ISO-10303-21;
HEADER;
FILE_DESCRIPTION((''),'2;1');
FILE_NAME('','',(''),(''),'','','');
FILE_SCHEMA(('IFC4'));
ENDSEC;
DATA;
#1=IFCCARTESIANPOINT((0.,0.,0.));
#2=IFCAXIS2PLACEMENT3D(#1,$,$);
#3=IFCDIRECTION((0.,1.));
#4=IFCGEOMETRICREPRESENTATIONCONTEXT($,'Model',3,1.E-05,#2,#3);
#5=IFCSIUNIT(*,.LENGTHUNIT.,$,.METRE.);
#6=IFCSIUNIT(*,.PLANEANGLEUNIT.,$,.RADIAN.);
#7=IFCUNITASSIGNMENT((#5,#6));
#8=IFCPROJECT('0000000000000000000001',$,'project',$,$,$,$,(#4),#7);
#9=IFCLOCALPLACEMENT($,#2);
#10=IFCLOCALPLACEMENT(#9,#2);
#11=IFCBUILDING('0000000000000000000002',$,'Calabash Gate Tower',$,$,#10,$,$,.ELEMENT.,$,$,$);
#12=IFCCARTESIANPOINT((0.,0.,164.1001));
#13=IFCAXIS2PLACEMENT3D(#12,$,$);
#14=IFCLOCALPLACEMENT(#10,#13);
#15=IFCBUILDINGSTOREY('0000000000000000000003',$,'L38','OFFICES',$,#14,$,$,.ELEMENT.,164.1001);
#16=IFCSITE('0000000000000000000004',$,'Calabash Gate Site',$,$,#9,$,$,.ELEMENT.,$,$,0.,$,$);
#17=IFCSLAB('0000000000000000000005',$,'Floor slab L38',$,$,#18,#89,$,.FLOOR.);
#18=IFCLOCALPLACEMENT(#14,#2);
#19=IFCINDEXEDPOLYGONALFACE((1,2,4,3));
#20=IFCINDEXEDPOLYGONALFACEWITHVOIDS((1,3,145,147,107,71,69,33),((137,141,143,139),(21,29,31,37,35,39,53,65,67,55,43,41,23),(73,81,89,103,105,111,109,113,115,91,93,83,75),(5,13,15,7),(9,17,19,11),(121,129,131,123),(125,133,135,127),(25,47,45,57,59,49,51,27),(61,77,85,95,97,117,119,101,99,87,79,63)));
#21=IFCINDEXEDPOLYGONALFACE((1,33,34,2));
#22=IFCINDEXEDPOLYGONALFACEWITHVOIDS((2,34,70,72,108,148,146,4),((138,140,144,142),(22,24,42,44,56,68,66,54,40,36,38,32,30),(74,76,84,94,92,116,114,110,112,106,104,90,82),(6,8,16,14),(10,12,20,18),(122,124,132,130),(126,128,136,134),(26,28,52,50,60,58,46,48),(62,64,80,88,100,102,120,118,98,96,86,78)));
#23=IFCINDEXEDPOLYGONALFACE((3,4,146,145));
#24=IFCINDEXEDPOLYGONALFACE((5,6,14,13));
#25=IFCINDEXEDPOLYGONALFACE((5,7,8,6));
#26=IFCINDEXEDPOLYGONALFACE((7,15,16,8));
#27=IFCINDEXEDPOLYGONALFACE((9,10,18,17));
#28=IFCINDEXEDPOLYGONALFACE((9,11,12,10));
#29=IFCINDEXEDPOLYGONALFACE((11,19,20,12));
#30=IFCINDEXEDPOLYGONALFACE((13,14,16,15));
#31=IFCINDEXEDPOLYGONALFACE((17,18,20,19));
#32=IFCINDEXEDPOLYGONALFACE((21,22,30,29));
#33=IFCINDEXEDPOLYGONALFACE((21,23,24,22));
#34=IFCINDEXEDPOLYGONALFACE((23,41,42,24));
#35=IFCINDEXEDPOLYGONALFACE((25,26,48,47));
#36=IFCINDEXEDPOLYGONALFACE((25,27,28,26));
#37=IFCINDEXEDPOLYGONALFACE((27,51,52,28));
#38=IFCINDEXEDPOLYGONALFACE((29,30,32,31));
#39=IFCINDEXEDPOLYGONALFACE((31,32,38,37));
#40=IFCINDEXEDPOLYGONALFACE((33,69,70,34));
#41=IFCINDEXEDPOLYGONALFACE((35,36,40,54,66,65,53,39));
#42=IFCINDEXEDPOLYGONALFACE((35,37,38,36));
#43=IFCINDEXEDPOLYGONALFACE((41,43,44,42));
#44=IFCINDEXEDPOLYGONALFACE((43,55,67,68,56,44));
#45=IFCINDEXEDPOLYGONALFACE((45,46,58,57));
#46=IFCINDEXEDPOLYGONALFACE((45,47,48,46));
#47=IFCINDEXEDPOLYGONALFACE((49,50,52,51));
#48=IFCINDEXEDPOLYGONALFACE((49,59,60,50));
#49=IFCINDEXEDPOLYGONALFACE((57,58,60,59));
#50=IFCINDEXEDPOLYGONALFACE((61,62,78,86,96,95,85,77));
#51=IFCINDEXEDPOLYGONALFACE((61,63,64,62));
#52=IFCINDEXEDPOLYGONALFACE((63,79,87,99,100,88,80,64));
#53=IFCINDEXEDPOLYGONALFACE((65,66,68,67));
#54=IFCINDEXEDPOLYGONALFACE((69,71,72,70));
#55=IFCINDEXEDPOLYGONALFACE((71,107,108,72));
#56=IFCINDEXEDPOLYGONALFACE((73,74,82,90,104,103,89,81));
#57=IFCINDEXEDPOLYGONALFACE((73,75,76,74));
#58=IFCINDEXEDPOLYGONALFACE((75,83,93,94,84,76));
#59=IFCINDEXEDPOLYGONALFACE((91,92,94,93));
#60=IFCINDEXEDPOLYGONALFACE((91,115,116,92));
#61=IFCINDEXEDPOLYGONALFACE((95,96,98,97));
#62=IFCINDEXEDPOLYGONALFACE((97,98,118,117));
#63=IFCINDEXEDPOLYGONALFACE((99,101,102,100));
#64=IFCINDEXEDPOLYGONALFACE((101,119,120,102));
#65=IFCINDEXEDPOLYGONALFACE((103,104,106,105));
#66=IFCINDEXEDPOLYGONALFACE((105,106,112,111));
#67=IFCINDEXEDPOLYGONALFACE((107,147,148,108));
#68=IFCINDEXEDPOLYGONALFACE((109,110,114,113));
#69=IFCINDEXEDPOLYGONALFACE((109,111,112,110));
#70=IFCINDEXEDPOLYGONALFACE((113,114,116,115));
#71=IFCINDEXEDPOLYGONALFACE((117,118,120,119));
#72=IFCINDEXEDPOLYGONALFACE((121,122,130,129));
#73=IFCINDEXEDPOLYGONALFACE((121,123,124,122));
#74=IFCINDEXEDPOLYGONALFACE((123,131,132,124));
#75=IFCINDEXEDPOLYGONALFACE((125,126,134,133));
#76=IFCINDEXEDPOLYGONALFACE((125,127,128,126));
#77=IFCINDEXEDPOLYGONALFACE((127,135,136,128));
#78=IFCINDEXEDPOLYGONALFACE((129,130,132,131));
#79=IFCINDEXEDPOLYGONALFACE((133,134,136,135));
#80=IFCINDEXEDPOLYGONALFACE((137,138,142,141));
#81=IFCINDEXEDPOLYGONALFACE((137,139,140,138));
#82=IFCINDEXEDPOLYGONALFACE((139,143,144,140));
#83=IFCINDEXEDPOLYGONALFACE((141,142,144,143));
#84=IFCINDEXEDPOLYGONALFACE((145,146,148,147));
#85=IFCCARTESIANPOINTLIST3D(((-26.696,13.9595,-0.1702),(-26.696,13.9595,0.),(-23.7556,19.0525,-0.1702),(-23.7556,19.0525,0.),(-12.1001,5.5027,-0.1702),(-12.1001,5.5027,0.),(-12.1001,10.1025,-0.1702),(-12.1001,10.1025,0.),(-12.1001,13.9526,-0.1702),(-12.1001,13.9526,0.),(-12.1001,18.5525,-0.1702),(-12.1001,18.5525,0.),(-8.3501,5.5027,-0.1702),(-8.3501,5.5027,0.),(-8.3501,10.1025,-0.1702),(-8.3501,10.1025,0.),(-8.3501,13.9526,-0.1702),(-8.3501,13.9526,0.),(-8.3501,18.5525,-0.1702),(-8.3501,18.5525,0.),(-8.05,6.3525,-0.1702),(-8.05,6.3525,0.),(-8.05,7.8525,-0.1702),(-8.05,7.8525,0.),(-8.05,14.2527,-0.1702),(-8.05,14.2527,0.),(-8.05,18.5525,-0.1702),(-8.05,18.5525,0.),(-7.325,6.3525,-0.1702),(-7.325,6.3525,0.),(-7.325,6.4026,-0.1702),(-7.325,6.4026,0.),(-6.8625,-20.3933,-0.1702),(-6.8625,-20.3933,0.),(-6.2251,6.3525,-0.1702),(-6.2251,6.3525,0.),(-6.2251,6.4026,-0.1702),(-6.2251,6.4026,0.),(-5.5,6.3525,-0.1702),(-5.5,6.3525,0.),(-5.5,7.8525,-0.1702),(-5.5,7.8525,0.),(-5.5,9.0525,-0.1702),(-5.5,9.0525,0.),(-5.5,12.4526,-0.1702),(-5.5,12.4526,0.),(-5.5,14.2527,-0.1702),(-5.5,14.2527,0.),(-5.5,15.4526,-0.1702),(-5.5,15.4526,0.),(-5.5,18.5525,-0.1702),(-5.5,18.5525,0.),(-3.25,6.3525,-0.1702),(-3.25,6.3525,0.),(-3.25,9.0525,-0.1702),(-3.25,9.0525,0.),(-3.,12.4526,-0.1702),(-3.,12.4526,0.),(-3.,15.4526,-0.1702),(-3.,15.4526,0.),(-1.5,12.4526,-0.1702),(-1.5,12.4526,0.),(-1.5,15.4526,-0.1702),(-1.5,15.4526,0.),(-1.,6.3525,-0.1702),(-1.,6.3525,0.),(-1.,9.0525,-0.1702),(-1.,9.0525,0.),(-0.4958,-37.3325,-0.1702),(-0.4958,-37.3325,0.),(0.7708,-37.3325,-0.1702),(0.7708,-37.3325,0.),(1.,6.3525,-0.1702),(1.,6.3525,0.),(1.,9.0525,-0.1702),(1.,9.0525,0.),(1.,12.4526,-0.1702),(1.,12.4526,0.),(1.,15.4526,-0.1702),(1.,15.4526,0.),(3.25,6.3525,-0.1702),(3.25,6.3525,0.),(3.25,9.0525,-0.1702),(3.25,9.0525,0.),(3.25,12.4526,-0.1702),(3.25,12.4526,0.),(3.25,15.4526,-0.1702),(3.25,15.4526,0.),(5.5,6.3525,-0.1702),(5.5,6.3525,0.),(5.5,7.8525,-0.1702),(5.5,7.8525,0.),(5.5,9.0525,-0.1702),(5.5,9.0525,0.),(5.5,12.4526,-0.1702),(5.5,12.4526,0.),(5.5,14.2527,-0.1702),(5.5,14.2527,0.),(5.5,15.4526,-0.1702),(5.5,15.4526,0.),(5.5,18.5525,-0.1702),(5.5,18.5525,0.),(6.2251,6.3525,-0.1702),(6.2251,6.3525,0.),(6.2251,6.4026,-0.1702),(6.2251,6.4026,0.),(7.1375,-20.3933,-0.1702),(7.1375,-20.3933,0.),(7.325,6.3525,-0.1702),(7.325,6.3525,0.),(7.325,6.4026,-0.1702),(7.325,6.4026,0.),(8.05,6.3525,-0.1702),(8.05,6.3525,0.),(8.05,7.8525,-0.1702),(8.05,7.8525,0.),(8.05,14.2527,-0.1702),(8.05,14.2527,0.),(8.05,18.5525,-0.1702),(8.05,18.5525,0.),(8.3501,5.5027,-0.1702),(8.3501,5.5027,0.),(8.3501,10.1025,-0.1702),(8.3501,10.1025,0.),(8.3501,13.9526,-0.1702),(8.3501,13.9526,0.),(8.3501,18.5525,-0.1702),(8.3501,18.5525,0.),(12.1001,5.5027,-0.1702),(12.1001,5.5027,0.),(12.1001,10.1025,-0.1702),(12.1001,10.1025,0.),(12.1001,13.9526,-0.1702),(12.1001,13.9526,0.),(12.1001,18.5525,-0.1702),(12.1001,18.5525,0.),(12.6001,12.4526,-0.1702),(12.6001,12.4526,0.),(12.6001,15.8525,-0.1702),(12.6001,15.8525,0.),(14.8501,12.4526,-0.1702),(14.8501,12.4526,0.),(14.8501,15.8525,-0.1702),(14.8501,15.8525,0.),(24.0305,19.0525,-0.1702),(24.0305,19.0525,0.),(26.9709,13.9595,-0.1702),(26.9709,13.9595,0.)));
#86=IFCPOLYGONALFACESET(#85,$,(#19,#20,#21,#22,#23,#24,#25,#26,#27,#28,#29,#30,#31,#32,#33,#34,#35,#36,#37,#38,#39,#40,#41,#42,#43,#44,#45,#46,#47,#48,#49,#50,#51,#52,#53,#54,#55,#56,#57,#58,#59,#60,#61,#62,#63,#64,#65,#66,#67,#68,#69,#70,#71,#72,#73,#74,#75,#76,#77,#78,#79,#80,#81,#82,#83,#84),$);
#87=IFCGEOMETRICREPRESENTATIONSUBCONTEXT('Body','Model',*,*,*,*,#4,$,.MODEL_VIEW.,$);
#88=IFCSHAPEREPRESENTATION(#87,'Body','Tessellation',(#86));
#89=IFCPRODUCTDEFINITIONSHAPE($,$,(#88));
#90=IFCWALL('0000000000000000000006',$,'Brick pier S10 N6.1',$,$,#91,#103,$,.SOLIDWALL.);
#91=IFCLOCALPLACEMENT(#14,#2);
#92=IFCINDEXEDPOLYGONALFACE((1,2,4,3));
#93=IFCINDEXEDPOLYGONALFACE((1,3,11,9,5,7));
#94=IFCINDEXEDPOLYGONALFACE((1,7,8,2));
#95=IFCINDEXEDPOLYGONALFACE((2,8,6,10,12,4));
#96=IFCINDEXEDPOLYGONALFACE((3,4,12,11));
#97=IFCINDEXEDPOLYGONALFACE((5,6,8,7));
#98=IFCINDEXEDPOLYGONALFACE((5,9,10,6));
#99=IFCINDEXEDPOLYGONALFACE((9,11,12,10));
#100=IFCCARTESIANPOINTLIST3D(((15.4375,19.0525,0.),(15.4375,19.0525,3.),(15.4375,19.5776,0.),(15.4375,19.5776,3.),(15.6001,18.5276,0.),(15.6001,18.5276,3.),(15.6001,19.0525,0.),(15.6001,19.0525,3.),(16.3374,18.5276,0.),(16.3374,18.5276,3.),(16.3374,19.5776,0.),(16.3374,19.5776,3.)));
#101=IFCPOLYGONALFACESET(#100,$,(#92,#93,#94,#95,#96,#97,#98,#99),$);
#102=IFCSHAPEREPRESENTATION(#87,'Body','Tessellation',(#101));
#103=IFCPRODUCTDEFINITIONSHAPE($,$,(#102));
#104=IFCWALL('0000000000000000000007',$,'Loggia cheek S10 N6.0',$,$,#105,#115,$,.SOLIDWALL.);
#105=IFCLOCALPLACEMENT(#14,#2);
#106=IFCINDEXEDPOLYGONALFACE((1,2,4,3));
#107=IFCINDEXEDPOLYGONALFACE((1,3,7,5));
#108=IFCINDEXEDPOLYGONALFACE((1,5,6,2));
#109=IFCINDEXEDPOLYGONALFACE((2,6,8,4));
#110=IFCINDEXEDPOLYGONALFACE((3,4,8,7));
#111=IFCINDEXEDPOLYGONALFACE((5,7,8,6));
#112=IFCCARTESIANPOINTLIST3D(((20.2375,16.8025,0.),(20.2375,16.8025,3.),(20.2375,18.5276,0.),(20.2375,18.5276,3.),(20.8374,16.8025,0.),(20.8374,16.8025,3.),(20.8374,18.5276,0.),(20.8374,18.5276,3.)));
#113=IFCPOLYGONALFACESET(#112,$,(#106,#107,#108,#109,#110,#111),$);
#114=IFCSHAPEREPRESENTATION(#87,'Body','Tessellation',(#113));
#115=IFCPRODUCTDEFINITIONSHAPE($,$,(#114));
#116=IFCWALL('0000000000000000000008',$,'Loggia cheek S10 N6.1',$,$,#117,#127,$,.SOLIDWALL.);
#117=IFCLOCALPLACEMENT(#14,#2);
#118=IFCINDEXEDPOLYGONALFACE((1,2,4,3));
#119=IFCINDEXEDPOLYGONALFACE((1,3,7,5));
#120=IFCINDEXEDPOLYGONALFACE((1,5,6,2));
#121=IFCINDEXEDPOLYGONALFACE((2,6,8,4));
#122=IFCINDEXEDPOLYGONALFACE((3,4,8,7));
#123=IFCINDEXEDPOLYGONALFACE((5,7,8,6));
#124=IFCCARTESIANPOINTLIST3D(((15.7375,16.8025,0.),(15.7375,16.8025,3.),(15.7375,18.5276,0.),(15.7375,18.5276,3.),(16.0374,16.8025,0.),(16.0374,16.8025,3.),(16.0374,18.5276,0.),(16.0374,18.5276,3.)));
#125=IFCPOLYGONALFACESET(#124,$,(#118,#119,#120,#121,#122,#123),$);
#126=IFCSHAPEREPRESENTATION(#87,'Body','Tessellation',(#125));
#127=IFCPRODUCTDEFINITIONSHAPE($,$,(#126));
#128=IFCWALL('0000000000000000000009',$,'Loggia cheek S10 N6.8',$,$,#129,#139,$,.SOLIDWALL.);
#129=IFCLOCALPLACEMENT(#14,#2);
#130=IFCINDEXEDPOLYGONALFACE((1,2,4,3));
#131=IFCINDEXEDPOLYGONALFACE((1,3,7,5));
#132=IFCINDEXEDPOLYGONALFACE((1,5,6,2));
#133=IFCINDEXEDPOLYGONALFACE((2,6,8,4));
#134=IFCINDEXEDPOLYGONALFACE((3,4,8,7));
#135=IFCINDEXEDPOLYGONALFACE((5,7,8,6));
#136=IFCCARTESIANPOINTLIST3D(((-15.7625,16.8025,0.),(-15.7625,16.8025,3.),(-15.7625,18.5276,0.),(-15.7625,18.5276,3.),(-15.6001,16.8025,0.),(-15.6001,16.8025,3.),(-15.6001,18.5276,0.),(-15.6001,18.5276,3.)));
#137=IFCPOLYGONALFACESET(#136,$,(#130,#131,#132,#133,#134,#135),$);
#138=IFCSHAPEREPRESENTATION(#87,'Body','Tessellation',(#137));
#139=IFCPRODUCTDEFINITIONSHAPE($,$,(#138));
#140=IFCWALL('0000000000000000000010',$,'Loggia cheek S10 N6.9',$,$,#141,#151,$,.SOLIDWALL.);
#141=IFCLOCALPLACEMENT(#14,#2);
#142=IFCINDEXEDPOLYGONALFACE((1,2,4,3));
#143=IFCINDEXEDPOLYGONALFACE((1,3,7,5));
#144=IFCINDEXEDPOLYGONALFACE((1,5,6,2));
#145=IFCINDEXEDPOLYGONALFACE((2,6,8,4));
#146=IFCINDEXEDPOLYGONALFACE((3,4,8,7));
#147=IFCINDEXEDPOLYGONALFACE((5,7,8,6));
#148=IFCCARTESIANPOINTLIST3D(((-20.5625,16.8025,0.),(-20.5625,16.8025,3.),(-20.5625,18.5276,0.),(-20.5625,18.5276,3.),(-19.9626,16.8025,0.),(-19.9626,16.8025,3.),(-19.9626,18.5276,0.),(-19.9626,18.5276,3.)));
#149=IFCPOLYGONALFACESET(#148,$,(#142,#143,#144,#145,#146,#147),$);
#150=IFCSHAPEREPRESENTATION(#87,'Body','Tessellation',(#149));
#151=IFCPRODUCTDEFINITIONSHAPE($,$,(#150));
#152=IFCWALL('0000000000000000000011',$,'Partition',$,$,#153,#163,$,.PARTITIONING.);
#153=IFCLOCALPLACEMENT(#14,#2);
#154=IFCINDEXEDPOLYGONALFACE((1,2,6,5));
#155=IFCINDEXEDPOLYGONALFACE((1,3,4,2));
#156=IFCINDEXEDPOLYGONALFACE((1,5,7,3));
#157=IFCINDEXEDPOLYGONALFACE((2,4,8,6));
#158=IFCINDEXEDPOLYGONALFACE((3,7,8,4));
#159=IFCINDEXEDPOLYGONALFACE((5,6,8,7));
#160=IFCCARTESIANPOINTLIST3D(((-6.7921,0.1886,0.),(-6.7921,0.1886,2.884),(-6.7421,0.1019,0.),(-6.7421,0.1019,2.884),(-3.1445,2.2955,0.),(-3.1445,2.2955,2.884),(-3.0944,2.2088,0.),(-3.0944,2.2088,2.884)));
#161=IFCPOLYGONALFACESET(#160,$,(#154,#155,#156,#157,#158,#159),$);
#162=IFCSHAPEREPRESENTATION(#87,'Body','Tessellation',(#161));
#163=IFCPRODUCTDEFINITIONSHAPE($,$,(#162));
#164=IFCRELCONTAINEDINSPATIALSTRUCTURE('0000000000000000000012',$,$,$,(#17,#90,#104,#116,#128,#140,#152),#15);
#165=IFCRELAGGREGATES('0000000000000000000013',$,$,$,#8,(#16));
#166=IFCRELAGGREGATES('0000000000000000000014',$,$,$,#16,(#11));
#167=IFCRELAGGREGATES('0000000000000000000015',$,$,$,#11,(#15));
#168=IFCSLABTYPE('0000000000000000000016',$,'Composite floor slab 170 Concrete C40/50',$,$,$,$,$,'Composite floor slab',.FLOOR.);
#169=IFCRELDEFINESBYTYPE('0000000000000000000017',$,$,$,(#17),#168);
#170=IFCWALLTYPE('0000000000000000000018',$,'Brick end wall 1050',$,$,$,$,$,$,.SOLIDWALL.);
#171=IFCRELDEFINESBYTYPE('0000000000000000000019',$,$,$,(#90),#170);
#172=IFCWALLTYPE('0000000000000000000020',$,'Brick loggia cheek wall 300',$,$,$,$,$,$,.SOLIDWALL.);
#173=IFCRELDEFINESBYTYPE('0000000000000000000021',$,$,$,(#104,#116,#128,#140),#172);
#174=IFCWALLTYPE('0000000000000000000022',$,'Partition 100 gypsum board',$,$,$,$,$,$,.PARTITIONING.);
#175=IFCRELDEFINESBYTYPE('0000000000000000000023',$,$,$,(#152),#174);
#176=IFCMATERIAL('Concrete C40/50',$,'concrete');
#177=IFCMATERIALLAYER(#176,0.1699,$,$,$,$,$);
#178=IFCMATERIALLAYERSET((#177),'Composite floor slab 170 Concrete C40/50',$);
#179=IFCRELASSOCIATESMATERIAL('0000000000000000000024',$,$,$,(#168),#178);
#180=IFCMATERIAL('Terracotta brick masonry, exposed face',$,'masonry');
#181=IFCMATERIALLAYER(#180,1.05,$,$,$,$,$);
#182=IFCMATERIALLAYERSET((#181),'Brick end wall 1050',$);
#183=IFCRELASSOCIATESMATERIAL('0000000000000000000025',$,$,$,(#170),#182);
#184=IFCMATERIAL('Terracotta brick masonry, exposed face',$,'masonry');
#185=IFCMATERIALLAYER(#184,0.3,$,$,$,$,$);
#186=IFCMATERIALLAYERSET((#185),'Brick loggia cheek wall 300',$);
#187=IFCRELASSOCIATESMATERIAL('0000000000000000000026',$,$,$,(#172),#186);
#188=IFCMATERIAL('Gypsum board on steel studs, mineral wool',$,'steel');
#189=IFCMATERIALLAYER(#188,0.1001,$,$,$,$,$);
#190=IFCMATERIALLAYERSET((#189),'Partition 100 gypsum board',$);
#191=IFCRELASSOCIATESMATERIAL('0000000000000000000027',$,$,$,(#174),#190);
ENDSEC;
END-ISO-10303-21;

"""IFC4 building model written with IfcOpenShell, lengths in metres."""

from ifc_helpers import new_model, si_unit, direction, frame, frame_2d, origin, place, context, subcontext, project, spatial, polyline, rectangle, outline, extrude, material, layer, layer_set, type_object, element, save


model = new_model("IFC4")

# Units and contexts
model_context = context("Model", 3, precision=1e-05, world=origin(), true_north=direction((0.0, 1.0)))
body_context = subcontext(model_context, "Body", "Model", "MODEL_VIEW")
ifc_project = project(units=[si_unit("LENGTHUNIT", "METRE"), si_unit("PLANEANGLEUNIT", "RADIAN")], contexts=[model_context])

# Site, building, storey
site_placement = place(None, origin())
site = spatial("IfcSite", under=ifc_project, at=site_placement, Name="Calabash Gate Site", CompositionType="ELEMENT", RefElevation=0.0)
building_placement = place(site_placement, origin())
building = spatial("IfcBuilding", under=site, at=building_placement, Name="Calabash Gate Tower", CompositionType="ELEMENT")
storey_placement = place(building_placement, frame((0.0, 0.0, 164.1001)))
storey = spatial("IfcBuildingStorey", under=building, at=storey_placement, Name="L38", Description="OFFICES", CompositionType="ELEMENT", Elevation=164.1001)

# Slab
ifc_material_1 = material(Name="Concrete C40/50", Category="concrete")
ifc_layer_1 = layer(ifc_material_1, 0.1699)
ifc_layer_set_1 = layer_set([ifc_layer_1], Name="Composite floor slab 170 Concrete C40/50")
slab_type = type_object("IfcSlabType", Name="Composite floor slab 170 Concrete C40/50", ElementType="Composite floor slab", PredefinedType="FLOOR", material=ifc_layer_set_1)
slab_placement = place(storey_placement, frame((0.0, 0.0, -0.1702)))
element("IfcSlab", 1, at=slab_placement, inside=storey, type_object=slab_type, Name="Floor slab L38", PredefinedType="FLOOR", context=body_context, shape_type="SweptSolid", body=[
    extrude(outline(polyline([(-23.7556, 19.0525), (24.0305, 19.0525), (26.9709, 13.9595), (7.1375, -20.3933), (0.7708, -37.3325), (-0.4958, -37.3325), (-6.8625, -20.3933), (-26.696, 13.9595), (-23.7556, 19.0525)]), holes=[polyline([(-3.25, 9.0525), (-5.5, 9.0525), (-5.5, 7.8525), (-8.05, 7.8525), (-8.05, 6.3525), (-7.325, 6.3525), (-7.325, 6.4026), (-6.2251, 6.4026), (-6.2251, 6.3525), (-5.5, 6.3525), (-3.25, 6.3525), (-1.0, 6.3525), (-1.0, 9.0525), (-3.25, 9.0525)]), polyline([(5.5, 6.3525), (6.2251, 6.3525), (6.2251, 6.4026), (7.325, 6.4026), (7.325, 6.3525), (8.05, 6.3525), (8.05, 7.8525), (5.5, 7.8525), (5.5, 9.0525), (3.25, 9.0525), (1.0, 9.0525), (1.0, 6.3525), (3.25, 6.3525), (5.5, 6.3525)]), polyline([(-5.5, 12.4526), (-3.0, 12.4526), (-3.0, 15.4526), (-5.5, 15.4526), (-5.5, 18.5525), (-8.05, 18.5525), (-8.05, 14.2527), (-5.5, 14.2527), (-5.5, 12.4526)]), polyline([(-1.5, 15.4526), (-1.5, 12.4526), (1.0, 12.4526), (3.25, 12.4526), (5.5, 12.4526), (5.5, 14.2527), (8.05, 14.2527), (8.05, 18.5525), (5.5, 18.5525), (5.5, 15.4526), (3.25, 15.4526), (1.0, 15.4526), (-1.5, 15.4526)]), polyline([(14.8501, 15.8525), (12.6001, 15.8525), (12.6001, 12.4526), (14.8501, 12.4526), (14.8501, 15.8525)]), polyline([(-8.3501, 18.5525), (-12.1001, 18.5525), (-12.1001, 13.9526), (-8.3501, 13.9526), (-8.3501, 18.5525)]), polyline([(-12.1001, 10.1025), (-12.1001, 5.5027), (-8.3501, 5.5027), (-8.3501, 10.1025), (-12.1001, 10.1025)]), polyline([(8.3501, 13.9526), (12.1001, 13.9526), (12.1001, 18.5525), (8.3501, 18.5525), (8.3501, 13.9526)]), polyline([(12.1001, 5.5027), (12.1001, 10.1025), (8.3501, 10.1025), (8.3501, 5.5027), (12.1001, 5.5027)])]), origin(), (0.0, 0.0, 1.0), 0.1702),
])

# Walls
ifc_material_2 = material(Name="Terracotta brick masonry, exposed face", Category="masonry")
ifc_layer_2 = layer(ifc_material_2, 1.05)
ifc_layer_set_2 = layer_set([ifc_layer_2], Name="Brick end wall 1050")
wall_type_1 = type_object("IfcWallType", Name="Brick end wall 1050", PredefinedType="SOLIDWALL", material=ifc_layer_set_2)
wall_1_placement = place(storey_placement, origin())
element("IfcWall", 2, at=wall_1_placement, inside=storey, type_object=wall_type_1, Name="Brick pier S10 N6.1", PredefinedType="SOLIDWALL", context=body_context, shape_type="SweptSolid", body=[
    extrude(outline(polyline([(16.3374, 18.5276), (16.3374, 19.5776), (15.4375, 19.5776), (15.4375, 19.0525), (15.6001, 19.0525), (15.6001, 18.5276), (16.3374, 18.5276)])), origin(), (0.0, 0.0, 1.0), 3.0),
])
ifc_material_3 = material(Name="Terracotta brick masonry, exposed face", Category="masonry")
ifc_layer_3 = layer(ifc_material_3, 0.3)
ifc_layer_set_3 = layer_set([ifc_layer_3], Name="Brick loggia cheek wall 300")
wall_type_2 = type_object("IfcWallType", Name="Brick loggia cheek wall 300", PredefinedType="SOLIDWALL", material=ifc_layer_set_3)
wall_2_placement = place(storey_placement, origin())
element("IfcWall", 3, at=wall_2_placement, inside=storey, type_object=wall_type_2, Name="Loggia cheek S10 N6.0", PredefinedType="SOLIDWALL", context=body_context, shape_type="SweptSolid", body=[
    extrude(outline(polyline([(20.8374, 16.8025), (20.8374, 18.5276), (20.2375, 18.5276), (20.2375, 16.8025), (20.8374, 16.8025)])), origin(), (0.0, 0.0, 1.0), 3.0),
])
wall_3_placement = place(storey_placement, origin())
element("IfcWall", 4, at=wall_3_placement, inside=storey, type_object=wall_type_2, Name="Loggia cheek S10 N6.1", PredefinedType="SOLIDWALL", context=body_context, shape_type="SweptSolid", body=[
    extrude(outline(polyline([(15.7375, 18.5276), (15.7375, 16.8025), (16.0374, 16.8025), (16.0374, 18.5276), (15.7375, 18.5276)])), origin(), (0.0, 0.0, 1.0), 3.0),
])
wall_4_placement = place(storey_placement, origin())
element("IfcWall", 5, at=wall_4_placement, inside=storey, type_object=wall_type_2, Name="Loggia cheek S10 N6.8", PredefinedType="SOLIDWALL", context=body_context, shape_type="SweptSolid", body=[
    extrude(outline(polyline([(-15.7625, 16.8025), (-15.6001, 16.8025), (-15.6001, 18.5276), (-15.7625, 18.5276), (-15.7625, 16.8025)])), origin(), (0.0, 0.0, 1.0), 3.0),
])
wall_5_placement = place(storey_placement, origin())
element("IfcWall", 6, at=wall_5_placement, inside=storey, type_object=wall_type_2, Name="Loggia cheek S10 N6.9", PredefinedType="SOLIDWALL", context=body_context, shape_type="SweptSolid", body=[
    extrude(outline(polyline([(-20.5625, 18.5276), (-20.5625, 16.8025), (-19.9626, 16.8025), (-19.9626, 18.5276), (-20.5625, 18.5276)])), origin(), (0.0, 0.0, 1.0), 3.0),
])
ifc_material_4 = material(Name="Gypsum board on steel studs, mineral wool", Category="steel")
ifc_layer_4 = layer(ifc_material_4, 0.1001)
ifc_layer_set_4 = layer_set([ifc_layer_4], Name="Partition 100 gypsum board")
wall_type_3 = type_object("IfcWallType", Name="Partition 100 gypsum board", PredefinedType="PARTITIONING", material=ifc_layer_set_4)
wall_6_placement = place(storey_placement, frame((-6.7671, 0.1453, 0.0), z_axis=(0.0, 0.0, 1.0), x_axis=(0.86593, 0.500166, 0.0)))
element("IfcWall", 7, at=wall_6_placement, inside=storey, type_object=wall_type_3, Name="Partition", PredefinedType="PARTITIONING", context=body_context, shape_type="SweptSolid", body=[
    extrude(rectangle(XDim=4.2124, YDim=0.1001, at=frame_2d((2.1062, 0.0))), origin(), (0.0, 0.0, 1.0), 2.884),
])

save(model, "model.ifc")
